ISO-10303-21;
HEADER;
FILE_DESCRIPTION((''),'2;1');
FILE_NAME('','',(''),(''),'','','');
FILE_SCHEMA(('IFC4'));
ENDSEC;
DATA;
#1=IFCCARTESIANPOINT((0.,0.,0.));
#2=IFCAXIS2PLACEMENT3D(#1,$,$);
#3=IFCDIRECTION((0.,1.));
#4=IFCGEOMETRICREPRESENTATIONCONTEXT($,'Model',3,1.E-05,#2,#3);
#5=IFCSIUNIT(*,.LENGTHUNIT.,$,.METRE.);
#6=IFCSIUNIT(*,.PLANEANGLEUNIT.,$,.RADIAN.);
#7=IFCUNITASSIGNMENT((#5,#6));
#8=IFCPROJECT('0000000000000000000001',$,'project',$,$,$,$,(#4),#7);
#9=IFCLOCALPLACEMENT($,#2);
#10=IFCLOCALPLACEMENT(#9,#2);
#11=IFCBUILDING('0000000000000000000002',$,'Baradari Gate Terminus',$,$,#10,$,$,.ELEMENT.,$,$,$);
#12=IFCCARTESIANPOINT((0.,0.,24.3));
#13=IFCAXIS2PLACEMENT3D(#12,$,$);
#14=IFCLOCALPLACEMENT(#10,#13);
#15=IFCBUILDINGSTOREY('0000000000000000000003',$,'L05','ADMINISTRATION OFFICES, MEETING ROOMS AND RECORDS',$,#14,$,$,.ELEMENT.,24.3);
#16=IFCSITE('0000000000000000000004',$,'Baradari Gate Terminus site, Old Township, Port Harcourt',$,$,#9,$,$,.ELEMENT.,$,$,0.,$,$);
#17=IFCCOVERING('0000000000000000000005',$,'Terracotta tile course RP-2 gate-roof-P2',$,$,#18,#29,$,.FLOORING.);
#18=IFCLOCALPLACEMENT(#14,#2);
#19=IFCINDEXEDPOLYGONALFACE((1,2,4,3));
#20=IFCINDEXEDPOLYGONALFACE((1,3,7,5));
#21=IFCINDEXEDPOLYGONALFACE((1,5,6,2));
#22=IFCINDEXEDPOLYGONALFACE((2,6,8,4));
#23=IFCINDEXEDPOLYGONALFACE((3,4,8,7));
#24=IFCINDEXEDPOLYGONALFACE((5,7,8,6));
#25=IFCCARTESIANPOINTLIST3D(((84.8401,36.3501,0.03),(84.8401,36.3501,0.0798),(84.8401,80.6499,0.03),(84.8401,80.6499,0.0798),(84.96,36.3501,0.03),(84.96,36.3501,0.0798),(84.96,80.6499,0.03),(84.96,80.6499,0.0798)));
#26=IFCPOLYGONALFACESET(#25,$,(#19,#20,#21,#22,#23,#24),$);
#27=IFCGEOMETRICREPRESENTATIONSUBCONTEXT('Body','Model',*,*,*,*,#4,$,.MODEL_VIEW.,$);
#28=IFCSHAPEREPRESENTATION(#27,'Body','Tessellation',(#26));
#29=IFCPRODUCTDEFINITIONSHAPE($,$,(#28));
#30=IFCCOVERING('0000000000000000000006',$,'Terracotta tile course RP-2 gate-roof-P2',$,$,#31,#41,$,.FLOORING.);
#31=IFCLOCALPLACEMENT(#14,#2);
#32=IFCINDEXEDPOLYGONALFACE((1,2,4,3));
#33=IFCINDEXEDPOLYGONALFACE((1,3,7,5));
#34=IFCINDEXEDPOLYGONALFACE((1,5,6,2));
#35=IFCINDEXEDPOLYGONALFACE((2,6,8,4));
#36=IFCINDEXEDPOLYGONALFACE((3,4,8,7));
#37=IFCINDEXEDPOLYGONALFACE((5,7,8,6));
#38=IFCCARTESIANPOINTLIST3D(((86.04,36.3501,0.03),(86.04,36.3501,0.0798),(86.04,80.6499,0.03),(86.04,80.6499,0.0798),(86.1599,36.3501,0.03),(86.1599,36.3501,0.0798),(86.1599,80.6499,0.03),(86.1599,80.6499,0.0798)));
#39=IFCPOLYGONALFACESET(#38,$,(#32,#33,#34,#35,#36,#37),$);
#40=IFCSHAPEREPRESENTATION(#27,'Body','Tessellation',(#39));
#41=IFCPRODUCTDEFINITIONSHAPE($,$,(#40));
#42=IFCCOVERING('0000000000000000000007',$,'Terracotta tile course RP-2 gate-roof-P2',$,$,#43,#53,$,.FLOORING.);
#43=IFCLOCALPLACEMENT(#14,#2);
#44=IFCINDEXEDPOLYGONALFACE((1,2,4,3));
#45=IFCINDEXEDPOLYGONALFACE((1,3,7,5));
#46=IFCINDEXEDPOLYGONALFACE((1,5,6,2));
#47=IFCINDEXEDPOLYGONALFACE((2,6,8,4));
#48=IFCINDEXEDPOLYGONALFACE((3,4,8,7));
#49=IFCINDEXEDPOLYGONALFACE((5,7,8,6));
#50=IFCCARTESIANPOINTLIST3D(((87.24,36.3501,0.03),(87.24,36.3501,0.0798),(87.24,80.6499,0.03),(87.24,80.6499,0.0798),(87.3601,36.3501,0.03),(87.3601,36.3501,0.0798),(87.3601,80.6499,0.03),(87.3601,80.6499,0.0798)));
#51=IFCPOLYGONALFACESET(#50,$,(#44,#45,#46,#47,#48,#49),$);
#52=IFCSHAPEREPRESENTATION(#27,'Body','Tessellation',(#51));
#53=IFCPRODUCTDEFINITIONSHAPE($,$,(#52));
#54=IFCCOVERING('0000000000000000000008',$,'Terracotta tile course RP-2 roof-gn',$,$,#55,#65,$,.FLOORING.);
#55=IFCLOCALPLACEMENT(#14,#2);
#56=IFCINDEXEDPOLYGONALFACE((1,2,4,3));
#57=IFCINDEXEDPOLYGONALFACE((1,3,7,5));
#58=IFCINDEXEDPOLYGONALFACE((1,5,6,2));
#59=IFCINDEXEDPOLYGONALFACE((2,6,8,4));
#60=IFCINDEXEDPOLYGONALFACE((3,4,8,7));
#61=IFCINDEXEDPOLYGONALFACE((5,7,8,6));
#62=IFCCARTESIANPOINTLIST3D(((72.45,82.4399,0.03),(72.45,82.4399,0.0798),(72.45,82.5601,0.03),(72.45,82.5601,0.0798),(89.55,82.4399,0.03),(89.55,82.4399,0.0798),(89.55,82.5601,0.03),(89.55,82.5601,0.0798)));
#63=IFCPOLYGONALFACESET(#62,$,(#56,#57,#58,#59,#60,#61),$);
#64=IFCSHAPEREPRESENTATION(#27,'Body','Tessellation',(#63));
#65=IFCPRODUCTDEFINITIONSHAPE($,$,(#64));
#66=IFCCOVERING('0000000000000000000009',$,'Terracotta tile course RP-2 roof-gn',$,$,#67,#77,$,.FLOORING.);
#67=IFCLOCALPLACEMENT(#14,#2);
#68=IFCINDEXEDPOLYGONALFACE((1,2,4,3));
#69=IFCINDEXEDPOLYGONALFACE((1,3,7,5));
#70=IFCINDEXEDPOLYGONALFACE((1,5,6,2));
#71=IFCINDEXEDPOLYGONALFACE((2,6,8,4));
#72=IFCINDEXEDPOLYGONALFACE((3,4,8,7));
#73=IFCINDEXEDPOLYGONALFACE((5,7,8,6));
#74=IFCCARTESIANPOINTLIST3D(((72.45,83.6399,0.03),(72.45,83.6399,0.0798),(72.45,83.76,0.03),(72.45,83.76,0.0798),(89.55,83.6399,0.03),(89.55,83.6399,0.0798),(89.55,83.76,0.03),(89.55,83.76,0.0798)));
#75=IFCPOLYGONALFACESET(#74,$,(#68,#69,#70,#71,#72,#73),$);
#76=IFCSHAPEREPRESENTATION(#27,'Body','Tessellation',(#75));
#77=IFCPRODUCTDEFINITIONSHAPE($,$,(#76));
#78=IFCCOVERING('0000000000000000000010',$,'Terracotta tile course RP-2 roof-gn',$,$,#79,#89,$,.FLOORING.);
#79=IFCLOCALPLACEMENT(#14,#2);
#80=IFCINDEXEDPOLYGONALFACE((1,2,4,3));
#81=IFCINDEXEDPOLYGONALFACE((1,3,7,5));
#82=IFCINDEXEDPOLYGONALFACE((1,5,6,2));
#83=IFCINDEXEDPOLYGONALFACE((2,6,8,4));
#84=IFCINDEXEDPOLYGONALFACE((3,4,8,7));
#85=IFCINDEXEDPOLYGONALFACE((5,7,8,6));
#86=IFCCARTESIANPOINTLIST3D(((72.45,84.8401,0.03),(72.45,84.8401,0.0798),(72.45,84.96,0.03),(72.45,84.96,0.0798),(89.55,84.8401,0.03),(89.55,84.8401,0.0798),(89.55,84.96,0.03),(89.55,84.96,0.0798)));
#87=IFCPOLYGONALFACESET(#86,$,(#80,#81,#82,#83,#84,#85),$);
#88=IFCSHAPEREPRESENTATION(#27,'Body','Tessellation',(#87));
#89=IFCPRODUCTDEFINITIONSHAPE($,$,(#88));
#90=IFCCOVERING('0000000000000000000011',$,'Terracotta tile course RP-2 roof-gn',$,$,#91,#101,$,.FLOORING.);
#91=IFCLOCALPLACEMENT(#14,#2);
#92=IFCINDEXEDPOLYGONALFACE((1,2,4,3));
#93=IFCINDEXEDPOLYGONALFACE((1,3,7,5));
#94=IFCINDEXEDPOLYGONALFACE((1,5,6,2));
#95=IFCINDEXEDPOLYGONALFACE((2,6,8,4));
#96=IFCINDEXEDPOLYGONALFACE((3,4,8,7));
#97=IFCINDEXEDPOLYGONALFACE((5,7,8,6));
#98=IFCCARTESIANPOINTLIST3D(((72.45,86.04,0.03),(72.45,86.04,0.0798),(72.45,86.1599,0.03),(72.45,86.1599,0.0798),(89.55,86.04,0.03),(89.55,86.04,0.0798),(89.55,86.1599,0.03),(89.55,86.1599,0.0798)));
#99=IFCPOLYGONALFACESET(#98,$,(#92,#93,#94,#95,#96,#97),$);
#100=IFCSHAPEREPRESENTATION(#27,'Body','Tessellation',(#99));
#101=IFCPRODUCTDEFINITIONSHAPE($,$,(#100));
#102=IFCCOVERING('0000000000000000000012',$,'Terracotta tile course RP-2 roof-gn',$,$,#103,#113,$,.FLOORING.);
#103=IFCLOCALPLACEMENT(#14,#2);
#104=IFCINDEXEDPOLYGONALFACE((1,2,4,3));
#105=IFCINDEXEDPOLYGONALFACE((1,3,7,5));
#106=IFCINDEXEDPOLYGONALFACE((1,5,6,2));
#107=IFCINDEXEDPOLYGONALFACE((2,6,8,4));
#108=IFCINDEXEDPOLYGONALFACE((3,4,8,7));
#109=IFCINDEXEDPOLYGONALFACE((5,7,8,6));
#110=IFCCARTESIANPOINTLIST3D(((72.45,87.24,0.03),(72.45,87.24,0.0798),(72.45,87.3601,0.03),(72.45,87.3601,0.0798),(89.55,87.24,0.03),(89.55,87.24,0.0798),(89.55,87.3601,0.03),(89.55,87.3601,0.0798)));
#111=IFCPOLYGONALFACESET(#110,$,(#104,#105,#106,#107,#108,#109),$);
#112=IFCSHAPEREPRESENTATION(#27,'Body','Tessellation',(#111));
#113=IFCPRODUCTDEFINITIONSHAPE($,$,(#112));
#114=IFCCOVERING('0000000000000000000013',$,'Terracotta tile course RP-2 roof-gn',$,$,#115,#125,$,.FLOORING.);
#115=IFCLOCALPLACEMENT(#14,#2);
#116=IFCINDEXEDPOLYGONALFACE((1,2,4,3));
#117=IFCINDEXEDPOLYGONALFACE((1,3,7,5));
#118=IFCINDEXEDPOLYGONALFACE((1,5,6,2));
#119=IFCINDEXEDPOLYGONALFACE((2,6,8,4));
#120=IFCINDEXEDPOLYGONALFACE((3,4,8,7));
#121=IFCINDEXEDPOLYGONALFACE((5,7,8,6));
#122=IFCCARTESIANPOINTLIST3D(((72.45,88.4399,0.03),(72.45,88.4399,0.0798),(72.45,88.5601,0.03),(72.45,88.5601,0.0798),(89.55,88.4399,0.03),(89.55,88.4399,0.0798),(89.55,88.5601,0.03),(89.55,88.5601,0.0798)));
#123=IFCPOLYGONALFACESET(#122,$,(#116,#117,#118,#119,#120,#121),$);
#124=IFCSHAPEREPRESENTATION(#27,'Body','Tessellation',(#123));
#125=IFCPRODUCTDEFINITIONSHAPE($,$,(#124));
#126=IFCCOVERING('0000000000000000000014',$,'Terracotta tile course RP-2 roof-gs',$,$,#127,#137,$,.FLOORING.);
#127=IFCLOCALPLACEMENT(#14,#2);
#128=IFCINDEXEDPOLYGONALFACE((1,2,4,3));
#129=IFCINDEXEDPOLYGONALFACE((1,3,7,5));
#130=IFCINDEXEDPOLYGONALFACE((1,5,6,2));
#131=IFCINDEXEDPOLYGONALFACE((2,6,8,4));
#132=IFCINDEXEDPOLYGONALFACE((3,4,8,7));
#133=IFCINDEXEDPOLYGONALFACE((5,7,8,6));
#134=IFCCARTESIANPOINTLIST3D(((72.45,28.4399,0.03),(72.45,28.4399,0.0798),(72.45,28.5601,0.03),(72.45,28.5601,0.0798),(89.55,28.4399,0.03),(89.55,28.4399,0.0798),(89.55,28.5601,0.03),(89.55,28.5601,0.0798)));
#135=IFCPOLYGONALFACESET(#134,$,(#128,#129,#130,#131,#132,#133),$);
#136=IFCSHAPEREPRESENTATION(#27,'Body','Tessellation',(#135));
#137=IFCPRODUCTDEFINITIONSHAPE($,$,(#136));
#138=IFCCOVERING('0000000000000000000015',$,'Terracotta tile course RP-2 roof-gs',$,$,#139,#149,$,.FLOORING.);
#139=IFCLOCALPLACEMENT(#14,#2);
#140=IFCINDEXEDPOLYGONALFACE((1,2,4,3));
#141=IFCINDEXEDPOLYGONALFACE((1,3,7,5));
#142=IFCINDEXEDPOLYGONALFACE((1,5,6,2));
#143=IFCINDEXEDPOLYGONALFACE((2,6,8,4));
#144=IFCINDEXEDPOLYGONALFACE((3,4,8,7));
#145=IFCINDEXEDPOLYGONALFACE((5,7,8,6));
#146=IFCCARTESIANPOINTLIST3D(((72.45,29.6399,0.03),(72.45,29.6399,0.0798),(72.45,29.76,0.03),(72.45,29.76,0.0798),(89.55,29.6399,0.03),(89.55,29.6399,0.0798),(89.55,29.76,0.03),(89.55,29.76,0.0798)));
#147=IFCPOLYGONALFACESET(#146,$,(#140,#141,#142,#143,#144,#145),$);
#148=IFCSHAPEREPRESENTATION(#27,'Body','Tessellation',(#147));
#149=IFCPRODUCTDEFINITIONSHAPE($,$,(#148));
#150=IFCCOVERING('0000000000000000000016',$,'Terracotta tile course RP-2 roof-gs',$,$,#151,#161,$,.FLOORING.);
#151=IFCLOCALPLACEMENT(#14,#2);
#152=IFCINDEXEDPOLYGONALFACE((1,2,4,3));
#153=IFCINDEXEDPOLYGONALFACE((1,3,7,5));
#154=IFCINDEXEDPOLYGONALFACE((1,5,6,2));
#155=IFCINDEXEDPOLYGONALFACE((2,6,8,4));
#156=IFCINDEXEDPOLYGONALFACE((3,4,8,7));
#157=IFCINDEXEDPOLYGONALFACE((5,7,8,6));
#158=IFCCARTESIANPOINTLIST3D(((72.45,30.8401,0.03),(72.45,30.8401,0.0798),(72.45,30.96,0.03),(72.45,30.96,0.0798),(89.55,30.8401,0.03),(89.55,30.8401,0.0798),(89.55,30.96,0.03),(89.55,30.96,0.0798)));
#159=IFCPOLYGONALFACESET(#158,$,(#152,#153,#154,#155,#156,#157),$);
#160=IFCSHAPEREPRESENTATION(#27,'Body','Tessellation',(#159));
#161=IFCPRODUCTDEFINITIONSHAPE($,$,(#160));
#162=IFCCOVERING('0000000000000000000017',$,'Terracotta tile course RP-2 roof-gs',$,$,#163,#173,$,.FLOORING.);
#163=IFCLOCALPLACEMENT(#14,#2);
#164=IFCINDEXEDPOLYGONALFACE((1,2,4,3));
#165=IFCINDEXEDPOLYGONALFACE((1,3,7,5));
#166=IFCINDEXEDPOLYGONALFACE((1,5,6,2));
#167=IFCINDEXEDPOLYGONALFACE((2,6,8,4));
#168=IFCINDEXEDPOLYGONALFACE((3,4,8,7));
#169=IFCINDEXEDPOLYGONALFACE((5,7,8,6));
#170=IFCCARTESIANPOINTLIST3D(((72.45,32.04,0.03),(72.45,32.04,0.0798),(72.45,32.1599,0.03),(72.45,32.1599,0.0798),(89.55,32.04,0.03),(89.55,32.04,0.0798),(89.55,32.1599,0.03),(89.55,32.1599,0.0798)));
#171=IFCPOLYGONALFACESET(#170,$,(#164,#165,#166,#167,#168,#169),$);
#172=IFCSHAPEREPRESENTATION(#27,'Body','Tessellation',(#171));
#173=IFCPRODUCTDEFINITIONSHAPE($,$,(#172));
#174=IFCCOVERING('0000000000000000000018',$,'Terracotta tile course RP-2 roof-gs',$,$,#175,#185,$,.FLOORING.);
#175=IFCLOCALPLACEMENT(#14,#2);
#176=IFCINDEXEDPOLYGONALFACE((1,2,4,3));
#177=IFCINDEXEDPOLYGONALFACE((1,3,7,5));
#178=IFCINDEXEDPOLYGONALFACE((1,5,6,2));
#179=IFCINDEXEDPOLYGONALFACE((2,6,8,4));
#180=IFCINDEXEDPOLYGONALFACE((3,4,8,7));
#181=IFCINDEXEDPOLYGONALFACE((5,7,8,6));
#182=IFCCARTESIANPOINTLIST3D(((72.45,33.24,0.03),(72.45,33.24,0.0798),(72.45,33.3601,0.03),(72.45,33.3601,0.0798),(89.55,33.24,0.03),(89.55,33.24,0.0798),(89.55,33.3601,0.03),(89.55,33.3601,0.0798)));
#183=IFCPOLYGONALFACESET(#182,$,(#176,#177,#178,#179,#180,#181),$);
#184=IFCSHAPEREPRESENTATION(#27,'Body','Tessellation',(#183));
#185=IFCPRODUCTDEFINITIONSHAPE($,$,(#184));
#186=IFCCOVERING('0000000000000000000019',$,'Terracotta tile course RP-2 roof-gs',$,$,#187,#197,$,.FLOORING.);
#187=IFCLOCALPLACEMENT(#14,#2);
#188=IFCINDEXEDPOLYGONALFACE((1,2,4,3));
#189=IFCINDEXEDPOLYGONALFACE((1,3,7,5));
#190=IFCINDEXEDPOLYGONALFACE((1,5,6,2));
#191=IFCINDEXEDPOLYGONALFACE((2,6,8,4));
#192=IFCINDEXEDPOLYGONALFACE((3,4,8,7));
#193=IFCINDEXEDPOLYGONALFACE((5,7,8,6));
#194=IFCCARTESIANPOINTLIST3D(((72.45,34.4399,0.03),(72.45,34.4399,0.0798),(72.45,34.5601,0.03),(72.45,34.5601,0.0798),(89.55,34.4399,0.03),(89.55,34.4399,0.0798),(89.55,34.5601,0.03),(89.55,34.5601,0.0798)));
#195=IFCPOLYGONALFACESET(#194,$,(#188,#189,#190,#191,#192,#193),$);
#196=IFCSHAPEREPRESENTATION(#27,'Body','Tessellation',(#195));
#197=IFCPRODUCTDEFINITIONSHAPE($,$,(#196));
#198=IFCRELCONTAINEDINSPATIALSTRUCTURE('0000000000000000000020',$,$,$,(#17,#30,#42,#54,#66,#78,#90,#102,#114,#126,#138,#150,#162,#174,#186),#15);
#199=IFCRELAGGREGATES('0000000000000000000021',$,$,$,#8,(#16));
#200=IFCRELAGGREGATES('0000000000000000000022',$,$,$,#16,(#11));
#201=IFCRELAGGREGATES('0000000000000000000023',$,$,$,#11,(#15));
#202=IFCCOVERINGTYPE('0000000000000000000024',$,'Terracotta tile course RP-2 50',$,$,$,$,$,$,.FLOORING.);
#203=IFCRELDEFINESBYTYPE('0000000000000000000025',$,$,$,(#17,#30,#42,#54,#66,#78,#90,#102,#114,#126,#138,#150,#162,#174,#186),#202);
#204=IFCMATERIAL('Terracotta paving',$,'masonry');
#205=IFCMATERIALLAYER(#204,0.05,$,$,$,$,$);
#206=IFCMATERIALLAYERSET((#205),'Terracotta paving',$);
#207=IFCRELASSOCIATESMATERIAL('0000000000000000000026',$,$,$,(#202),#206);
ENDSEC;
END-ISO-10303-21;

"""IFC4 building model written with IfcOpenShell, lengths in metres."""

from ifc_helpers import new_model, si_unit, direction, frame, origin, place, context, subcontext, project, spatial, polyline, outline, extrude, material, layer, layer_set, type_object, element, save


model = new_model("IFC4")

# Units and contexts
model_context = context("Model", 3, precision=1e-05, world=origin(), true_north=direction((0.0, 1.0)))
body_context = subcontext(model_context, "Body", "Model", "MODEL_VIEW")
ifc_project = project(units=[si_unit("LENGTHUNIT", "METRE"), si_unit("PLANEANGLEUNIT", "RADIAN")], contexts=[model_context])

# Site, building, storey
site_placement = place(None, origin())
site = spatial("IfcSite", under=ifc_project, at=site_placement, Name="Baradari Gate Terminus site, Old Township, Port Harcourt", CompositionType="ELEMENT", RefElevation=0.0)
building_placement = place(site_placement, origin())
building = spatial("IfcBuilding", under=site, at=building_placement, Name="Baradari Gate Terminus", CompositionType="ELEMENT")
storey_placement = place(building_placement, frame((0.0, 0.0, 24.3)))
storey = spatial("IfcBuildingStorey", under=building, at=storey_placement, Name="L05", Description="ADMINISTRATION OFFICES, MEETING ROOMS AND RECORDS", CompositionType="ELEMENT", Elevation=24.3)

# Coverings
ifc_material_1 = material(Name="Terracotta paving", Category="masonry")
ifc_layer_1 = layer(ifc_material_1, 0.05)
ifc_layer_set_1 = layer_set([ifc_layer_1], Name="Terracotta paving")
covering_type_1 = type_object("IfcCoveringType", Name="Terracotta tile course RP-2 50", PredefinedType="FLOORING", material=ifc_layer_set_1)
covering_1_placement = place(storey_placement, frame((0.0, 0.0, 0.03)))
element("IfcCovering", 1, at=covering_1_placement, inside=storey, type_object=covering_type_1, Name="Terracotta tile course RP-2 gate-roof-P2", PredefinedType="FLOORING", context=body_context, shape_type="SweptSolid", body=[
    extrude(outline(polyline([(84.96, 36.3501), (84.96, 80.6499), (84.8401, 80.6499), (84.8401, 36.3501), (84.96, 36.3501)])), origin(), (0.0, 0.0, 1.0), 0.0498),
])
covering_2_placement = place(storey_placement, frame((0.0, 0.0, 0.03)))
element("IfcCovering", 2, at=covering_2_placement, inside=storey, type_object=covering_type_1, Name="Terracotta tile course RP-2 gate-roof-P2", PredefinedType="FLOORING", context=body_context, shape_type="SweptSolid", body=[
    extrude(outline(polyline([(86.1599, 36.3501), (86.1599, 80.6499), (86.04, 80.6499), (86.04, 36.3501), (86.1599, 36.3501)])), origin(), (0.0, 0.0, 1.0), 0.0498),
])
covering_3_placement = place(storey_placement, frame((0.0, 0.0, 0.03)))
element("IfcCovering", 3, at=covering_3_placement, inside=storey, type_object=covering_type_1, Name="Terracotta tile course RP-2 gate-roof-P2", PredefinedType="FLOORING", context=body_context, shape_type="SweptSolid", body=[
    extrude(outline(polyline([(87.3601, 36.3501), (87.3601, 80.6499), (87.24, 80.6499), (87.24, 36.3501), (87.3601, 36.3501)])), origin(), (0.0, 0.0, 1.0), 0.0498),
])
covering_4_placement = place(storey_placement, frame((0.0, 0.0, 0.03)))
element("IfcCovering", 4, at=covering_4_placement, inside=storey, type_object=covering_type_1, Name="Terracotta tile course RP-2 roof-gn", PredefinedType="FLOORING", context=body_context, shape_type="SweptSolid", body=[
    extrude(outline(polyline([(89.55, 82.4399), (89.55, 82.5601), (72.45, 82.5601), (72.45, 82.4399), (89.55, 82.4399)])), origin(), (0.0, 0.0, 1.0), 0.0498),
])
covering_5_placement = place(storey_placement, frame((0.0, 0.0, 0.03)))
element("IfcCovering", 5, at=covering_5_placement, inside=storey, type_object=covering_type_1, Name="Terracotta tile course RP-2 roof-gn", PredefinedType="FLOORING", context=body_context, shape_type="SweptSolid", body=[
    extrude(outline(polyline([(89.55, 83.6399), (89.55, 83.76), (72.45, 83.76), (72.45, 83.6399), (89.55, 83.6399)])), origin(), (0.0, 0.0, 1.0), 0.0498),
])
covering_6_placement = place(storey_placement, frame((0.0, 0.0, 0.03)))
element("IfcCovering", 6, at=covering_6_placement, inside=storey, type_object=covering_type_1, Name="Terracotta tile course RP-2 roof-gn", PredefinedType="FLOORING", context=body_context, shape_type="SweptSolid", body=[
    extrude(outline(polyline([(89.55, 84.8401), (89.55, 84.96), (72.45, 84.96), (72.45, 84.8401), (89.55, 84.8401)])), origin(), (0.0, 0.0, 1.0), 0.0498),
])
covering_7_placement = place(storey_placement, frame((0.0, 0.0, 0.03)))
element("IfcCovering", 7, at=covering_7_placement, inside=storey, type_object=covering_type_1, Name="Terracotta tile course RP-2 roof-gn", PredefinedType="FLOORING", context=body_context, shape_type="SweptSolid", body=[
    extrude(outline(polyline([(89.55, 86.04), (89.55, 86.1599), (72.45, 86.1599), (72.45, 86.04), (89.55, 86.04)])), origin(), (0.0, 0.0, 1.0), 0.0498),
])
covering_8_placement = place(storey_placement, frame((0.0, 0.0, 0.03)))
element("IfcCovering", 8, at=covering_8_placement, inside=storey, type_object=covering_type_1, Name="Terracotta tile course RP-2 roof-gn", PredefinedType="FLOORING", context=body_context, shape_type="SweptSolid", body=[
    extrude(outline(polyline([(89.55, 87.24), (89.55, 87.3601), (72.45, 87.3601), (72.45, 87.24), (89.55, 87.24)])), origin(), (0.0, 0.0, 1.0), 0.0498),
])
covering_9_placement = place(storey_placement, frame((0.0, 0.0, 0.03)))
element("IfcCovering", 9, at=covering_9_placement, inside=storey, type_object=covering_type_1, Name="Terracotta tile course RP-2 roof-gn", PredefinedType="FLOORING", context=body_context, shape_type="SweptSolid", body=[
    extrude(outline(polyline([(89.55, 88.4399), (89.55, 88.5601), (72.45, 88.5601), (72.45, 88.4399), (89.55, 88.4399)])), origin(), (0.0, 0.0, 1.0), 0.0498),
])
covering_10_placement = place(storey_placement, frame((0.0, 0.0, 0.03)))
element("IfcCovering", 10, at=covering_10_placement, inside=storey, type_object=covering_type_1, Name="Terracotta tile course RP-2 roof-gs", PredefinedType="FLOORING", context=body_context, shape_type="SweptSolid", body=[
    extrude(outline(polyline([(89.55, 28.4399), (89.55, 28.5601), (72.45, 28.5601), (72.45, 28.4399), (89.55, 28.4399)])), origin(), (0.0, 0.0, 1.0), 0.0498),
])
covering_11_placement = place(storey_placement, frame((0.0, 0.0, 0.03)))
element("IfcCovering", 11, at=covering_11_placement, inside=storey, type_object=covering_type_1, Name="Terracotta tile course RP-2 roof-gs", PredefinedType="FLOORING", context=body_context, shape_type="SweptSolid", body=[
    extrude(outline(polyline([(89.55, 29.6399), (89.55, 29.76), (72.45, 29.76), (72.45, 29.6399), (89.55, 29.6399)])), origin(), (0.0, 0.0, 1.0), 0.0498),
])
covering_12_placement = place(storey_placement, frame((0.0, 0.0, 0.03)))
element("IfcCovering", 12, at=covering_12_placement, inside=storey, type_object=covering_type_1, Name="Terracotta tile course RP-2 roof-gs", PredefinedType="FLOORING", context=body_context, shape_type="SweptSolid", body=[
    extrude(outline(polyline([(89.55, 30.8401), (89.55, 30.96), (72.45, 30.96), (72.45, 30.8401), (89.55, 30.8401)])), origin(), (0.0, 0.0, 1.0), 0.0498),
])
covering_13_placement = place(storey_placement, frame((0.0, 0.0, 0.03)))
element("IfcCovering", 13, at=covering_13_placement, inside=storey, type_object=covering_type_1, Name="Terracotta tile course RP-2 roof-gs", PredefinedType="FLOORING", context=body_context, shape_type="SweptSolid", body=[
    extrude(outline(polyline([(89.55, 32.04), (89.55, 32.1599), (72.45, 32.1599), (72.45, 32.04), (89.55, 32.04)])), origin(), (0.0, 0.0, 1.0), 0.0498),
])
covering_14_placement = place(storey_placement, frame((0.0, 0.0, 0.03)))
element("IfcCovering", 14, at=covering_14_placement, inside=storey, type_object=covering_type_1, Name="Terracotta tile course RP-2 roof-gs", PredefinedType="FLOORING", context=body_context, shape_type="SweptSolid", body=[
    extrude(outline(polyline([(89.55, 33.24), (89.55, 33.3601), (72.45, 33.3601), (72.45, 33.24), (89.55, 33.24)])), origin(), (0.0, 0.0, 1.0), 0.0498),
])
covering_15_placement = place(storey_placement, frame((0.0, 0.0, 0.03)))
element("IfcCovering", 15, at=covering_15_placement, inside=storey, type_object=covering_type_1, Name="Terracotta tile course RP-2 roof-gs", PredefinedType="FLOORING", context=body_context, shape_type="SweptSolid", body=[
    extrude(outline(polyline([(89.55, 34.4399), (89.55, 34.5601), (72.45, 34.5601), (72.45, 34.4399), (89.55, 34.4399)])), origin(), (0.0, 0.0, 1.0), 0.0498),
])

save(model, "model.ifc")
